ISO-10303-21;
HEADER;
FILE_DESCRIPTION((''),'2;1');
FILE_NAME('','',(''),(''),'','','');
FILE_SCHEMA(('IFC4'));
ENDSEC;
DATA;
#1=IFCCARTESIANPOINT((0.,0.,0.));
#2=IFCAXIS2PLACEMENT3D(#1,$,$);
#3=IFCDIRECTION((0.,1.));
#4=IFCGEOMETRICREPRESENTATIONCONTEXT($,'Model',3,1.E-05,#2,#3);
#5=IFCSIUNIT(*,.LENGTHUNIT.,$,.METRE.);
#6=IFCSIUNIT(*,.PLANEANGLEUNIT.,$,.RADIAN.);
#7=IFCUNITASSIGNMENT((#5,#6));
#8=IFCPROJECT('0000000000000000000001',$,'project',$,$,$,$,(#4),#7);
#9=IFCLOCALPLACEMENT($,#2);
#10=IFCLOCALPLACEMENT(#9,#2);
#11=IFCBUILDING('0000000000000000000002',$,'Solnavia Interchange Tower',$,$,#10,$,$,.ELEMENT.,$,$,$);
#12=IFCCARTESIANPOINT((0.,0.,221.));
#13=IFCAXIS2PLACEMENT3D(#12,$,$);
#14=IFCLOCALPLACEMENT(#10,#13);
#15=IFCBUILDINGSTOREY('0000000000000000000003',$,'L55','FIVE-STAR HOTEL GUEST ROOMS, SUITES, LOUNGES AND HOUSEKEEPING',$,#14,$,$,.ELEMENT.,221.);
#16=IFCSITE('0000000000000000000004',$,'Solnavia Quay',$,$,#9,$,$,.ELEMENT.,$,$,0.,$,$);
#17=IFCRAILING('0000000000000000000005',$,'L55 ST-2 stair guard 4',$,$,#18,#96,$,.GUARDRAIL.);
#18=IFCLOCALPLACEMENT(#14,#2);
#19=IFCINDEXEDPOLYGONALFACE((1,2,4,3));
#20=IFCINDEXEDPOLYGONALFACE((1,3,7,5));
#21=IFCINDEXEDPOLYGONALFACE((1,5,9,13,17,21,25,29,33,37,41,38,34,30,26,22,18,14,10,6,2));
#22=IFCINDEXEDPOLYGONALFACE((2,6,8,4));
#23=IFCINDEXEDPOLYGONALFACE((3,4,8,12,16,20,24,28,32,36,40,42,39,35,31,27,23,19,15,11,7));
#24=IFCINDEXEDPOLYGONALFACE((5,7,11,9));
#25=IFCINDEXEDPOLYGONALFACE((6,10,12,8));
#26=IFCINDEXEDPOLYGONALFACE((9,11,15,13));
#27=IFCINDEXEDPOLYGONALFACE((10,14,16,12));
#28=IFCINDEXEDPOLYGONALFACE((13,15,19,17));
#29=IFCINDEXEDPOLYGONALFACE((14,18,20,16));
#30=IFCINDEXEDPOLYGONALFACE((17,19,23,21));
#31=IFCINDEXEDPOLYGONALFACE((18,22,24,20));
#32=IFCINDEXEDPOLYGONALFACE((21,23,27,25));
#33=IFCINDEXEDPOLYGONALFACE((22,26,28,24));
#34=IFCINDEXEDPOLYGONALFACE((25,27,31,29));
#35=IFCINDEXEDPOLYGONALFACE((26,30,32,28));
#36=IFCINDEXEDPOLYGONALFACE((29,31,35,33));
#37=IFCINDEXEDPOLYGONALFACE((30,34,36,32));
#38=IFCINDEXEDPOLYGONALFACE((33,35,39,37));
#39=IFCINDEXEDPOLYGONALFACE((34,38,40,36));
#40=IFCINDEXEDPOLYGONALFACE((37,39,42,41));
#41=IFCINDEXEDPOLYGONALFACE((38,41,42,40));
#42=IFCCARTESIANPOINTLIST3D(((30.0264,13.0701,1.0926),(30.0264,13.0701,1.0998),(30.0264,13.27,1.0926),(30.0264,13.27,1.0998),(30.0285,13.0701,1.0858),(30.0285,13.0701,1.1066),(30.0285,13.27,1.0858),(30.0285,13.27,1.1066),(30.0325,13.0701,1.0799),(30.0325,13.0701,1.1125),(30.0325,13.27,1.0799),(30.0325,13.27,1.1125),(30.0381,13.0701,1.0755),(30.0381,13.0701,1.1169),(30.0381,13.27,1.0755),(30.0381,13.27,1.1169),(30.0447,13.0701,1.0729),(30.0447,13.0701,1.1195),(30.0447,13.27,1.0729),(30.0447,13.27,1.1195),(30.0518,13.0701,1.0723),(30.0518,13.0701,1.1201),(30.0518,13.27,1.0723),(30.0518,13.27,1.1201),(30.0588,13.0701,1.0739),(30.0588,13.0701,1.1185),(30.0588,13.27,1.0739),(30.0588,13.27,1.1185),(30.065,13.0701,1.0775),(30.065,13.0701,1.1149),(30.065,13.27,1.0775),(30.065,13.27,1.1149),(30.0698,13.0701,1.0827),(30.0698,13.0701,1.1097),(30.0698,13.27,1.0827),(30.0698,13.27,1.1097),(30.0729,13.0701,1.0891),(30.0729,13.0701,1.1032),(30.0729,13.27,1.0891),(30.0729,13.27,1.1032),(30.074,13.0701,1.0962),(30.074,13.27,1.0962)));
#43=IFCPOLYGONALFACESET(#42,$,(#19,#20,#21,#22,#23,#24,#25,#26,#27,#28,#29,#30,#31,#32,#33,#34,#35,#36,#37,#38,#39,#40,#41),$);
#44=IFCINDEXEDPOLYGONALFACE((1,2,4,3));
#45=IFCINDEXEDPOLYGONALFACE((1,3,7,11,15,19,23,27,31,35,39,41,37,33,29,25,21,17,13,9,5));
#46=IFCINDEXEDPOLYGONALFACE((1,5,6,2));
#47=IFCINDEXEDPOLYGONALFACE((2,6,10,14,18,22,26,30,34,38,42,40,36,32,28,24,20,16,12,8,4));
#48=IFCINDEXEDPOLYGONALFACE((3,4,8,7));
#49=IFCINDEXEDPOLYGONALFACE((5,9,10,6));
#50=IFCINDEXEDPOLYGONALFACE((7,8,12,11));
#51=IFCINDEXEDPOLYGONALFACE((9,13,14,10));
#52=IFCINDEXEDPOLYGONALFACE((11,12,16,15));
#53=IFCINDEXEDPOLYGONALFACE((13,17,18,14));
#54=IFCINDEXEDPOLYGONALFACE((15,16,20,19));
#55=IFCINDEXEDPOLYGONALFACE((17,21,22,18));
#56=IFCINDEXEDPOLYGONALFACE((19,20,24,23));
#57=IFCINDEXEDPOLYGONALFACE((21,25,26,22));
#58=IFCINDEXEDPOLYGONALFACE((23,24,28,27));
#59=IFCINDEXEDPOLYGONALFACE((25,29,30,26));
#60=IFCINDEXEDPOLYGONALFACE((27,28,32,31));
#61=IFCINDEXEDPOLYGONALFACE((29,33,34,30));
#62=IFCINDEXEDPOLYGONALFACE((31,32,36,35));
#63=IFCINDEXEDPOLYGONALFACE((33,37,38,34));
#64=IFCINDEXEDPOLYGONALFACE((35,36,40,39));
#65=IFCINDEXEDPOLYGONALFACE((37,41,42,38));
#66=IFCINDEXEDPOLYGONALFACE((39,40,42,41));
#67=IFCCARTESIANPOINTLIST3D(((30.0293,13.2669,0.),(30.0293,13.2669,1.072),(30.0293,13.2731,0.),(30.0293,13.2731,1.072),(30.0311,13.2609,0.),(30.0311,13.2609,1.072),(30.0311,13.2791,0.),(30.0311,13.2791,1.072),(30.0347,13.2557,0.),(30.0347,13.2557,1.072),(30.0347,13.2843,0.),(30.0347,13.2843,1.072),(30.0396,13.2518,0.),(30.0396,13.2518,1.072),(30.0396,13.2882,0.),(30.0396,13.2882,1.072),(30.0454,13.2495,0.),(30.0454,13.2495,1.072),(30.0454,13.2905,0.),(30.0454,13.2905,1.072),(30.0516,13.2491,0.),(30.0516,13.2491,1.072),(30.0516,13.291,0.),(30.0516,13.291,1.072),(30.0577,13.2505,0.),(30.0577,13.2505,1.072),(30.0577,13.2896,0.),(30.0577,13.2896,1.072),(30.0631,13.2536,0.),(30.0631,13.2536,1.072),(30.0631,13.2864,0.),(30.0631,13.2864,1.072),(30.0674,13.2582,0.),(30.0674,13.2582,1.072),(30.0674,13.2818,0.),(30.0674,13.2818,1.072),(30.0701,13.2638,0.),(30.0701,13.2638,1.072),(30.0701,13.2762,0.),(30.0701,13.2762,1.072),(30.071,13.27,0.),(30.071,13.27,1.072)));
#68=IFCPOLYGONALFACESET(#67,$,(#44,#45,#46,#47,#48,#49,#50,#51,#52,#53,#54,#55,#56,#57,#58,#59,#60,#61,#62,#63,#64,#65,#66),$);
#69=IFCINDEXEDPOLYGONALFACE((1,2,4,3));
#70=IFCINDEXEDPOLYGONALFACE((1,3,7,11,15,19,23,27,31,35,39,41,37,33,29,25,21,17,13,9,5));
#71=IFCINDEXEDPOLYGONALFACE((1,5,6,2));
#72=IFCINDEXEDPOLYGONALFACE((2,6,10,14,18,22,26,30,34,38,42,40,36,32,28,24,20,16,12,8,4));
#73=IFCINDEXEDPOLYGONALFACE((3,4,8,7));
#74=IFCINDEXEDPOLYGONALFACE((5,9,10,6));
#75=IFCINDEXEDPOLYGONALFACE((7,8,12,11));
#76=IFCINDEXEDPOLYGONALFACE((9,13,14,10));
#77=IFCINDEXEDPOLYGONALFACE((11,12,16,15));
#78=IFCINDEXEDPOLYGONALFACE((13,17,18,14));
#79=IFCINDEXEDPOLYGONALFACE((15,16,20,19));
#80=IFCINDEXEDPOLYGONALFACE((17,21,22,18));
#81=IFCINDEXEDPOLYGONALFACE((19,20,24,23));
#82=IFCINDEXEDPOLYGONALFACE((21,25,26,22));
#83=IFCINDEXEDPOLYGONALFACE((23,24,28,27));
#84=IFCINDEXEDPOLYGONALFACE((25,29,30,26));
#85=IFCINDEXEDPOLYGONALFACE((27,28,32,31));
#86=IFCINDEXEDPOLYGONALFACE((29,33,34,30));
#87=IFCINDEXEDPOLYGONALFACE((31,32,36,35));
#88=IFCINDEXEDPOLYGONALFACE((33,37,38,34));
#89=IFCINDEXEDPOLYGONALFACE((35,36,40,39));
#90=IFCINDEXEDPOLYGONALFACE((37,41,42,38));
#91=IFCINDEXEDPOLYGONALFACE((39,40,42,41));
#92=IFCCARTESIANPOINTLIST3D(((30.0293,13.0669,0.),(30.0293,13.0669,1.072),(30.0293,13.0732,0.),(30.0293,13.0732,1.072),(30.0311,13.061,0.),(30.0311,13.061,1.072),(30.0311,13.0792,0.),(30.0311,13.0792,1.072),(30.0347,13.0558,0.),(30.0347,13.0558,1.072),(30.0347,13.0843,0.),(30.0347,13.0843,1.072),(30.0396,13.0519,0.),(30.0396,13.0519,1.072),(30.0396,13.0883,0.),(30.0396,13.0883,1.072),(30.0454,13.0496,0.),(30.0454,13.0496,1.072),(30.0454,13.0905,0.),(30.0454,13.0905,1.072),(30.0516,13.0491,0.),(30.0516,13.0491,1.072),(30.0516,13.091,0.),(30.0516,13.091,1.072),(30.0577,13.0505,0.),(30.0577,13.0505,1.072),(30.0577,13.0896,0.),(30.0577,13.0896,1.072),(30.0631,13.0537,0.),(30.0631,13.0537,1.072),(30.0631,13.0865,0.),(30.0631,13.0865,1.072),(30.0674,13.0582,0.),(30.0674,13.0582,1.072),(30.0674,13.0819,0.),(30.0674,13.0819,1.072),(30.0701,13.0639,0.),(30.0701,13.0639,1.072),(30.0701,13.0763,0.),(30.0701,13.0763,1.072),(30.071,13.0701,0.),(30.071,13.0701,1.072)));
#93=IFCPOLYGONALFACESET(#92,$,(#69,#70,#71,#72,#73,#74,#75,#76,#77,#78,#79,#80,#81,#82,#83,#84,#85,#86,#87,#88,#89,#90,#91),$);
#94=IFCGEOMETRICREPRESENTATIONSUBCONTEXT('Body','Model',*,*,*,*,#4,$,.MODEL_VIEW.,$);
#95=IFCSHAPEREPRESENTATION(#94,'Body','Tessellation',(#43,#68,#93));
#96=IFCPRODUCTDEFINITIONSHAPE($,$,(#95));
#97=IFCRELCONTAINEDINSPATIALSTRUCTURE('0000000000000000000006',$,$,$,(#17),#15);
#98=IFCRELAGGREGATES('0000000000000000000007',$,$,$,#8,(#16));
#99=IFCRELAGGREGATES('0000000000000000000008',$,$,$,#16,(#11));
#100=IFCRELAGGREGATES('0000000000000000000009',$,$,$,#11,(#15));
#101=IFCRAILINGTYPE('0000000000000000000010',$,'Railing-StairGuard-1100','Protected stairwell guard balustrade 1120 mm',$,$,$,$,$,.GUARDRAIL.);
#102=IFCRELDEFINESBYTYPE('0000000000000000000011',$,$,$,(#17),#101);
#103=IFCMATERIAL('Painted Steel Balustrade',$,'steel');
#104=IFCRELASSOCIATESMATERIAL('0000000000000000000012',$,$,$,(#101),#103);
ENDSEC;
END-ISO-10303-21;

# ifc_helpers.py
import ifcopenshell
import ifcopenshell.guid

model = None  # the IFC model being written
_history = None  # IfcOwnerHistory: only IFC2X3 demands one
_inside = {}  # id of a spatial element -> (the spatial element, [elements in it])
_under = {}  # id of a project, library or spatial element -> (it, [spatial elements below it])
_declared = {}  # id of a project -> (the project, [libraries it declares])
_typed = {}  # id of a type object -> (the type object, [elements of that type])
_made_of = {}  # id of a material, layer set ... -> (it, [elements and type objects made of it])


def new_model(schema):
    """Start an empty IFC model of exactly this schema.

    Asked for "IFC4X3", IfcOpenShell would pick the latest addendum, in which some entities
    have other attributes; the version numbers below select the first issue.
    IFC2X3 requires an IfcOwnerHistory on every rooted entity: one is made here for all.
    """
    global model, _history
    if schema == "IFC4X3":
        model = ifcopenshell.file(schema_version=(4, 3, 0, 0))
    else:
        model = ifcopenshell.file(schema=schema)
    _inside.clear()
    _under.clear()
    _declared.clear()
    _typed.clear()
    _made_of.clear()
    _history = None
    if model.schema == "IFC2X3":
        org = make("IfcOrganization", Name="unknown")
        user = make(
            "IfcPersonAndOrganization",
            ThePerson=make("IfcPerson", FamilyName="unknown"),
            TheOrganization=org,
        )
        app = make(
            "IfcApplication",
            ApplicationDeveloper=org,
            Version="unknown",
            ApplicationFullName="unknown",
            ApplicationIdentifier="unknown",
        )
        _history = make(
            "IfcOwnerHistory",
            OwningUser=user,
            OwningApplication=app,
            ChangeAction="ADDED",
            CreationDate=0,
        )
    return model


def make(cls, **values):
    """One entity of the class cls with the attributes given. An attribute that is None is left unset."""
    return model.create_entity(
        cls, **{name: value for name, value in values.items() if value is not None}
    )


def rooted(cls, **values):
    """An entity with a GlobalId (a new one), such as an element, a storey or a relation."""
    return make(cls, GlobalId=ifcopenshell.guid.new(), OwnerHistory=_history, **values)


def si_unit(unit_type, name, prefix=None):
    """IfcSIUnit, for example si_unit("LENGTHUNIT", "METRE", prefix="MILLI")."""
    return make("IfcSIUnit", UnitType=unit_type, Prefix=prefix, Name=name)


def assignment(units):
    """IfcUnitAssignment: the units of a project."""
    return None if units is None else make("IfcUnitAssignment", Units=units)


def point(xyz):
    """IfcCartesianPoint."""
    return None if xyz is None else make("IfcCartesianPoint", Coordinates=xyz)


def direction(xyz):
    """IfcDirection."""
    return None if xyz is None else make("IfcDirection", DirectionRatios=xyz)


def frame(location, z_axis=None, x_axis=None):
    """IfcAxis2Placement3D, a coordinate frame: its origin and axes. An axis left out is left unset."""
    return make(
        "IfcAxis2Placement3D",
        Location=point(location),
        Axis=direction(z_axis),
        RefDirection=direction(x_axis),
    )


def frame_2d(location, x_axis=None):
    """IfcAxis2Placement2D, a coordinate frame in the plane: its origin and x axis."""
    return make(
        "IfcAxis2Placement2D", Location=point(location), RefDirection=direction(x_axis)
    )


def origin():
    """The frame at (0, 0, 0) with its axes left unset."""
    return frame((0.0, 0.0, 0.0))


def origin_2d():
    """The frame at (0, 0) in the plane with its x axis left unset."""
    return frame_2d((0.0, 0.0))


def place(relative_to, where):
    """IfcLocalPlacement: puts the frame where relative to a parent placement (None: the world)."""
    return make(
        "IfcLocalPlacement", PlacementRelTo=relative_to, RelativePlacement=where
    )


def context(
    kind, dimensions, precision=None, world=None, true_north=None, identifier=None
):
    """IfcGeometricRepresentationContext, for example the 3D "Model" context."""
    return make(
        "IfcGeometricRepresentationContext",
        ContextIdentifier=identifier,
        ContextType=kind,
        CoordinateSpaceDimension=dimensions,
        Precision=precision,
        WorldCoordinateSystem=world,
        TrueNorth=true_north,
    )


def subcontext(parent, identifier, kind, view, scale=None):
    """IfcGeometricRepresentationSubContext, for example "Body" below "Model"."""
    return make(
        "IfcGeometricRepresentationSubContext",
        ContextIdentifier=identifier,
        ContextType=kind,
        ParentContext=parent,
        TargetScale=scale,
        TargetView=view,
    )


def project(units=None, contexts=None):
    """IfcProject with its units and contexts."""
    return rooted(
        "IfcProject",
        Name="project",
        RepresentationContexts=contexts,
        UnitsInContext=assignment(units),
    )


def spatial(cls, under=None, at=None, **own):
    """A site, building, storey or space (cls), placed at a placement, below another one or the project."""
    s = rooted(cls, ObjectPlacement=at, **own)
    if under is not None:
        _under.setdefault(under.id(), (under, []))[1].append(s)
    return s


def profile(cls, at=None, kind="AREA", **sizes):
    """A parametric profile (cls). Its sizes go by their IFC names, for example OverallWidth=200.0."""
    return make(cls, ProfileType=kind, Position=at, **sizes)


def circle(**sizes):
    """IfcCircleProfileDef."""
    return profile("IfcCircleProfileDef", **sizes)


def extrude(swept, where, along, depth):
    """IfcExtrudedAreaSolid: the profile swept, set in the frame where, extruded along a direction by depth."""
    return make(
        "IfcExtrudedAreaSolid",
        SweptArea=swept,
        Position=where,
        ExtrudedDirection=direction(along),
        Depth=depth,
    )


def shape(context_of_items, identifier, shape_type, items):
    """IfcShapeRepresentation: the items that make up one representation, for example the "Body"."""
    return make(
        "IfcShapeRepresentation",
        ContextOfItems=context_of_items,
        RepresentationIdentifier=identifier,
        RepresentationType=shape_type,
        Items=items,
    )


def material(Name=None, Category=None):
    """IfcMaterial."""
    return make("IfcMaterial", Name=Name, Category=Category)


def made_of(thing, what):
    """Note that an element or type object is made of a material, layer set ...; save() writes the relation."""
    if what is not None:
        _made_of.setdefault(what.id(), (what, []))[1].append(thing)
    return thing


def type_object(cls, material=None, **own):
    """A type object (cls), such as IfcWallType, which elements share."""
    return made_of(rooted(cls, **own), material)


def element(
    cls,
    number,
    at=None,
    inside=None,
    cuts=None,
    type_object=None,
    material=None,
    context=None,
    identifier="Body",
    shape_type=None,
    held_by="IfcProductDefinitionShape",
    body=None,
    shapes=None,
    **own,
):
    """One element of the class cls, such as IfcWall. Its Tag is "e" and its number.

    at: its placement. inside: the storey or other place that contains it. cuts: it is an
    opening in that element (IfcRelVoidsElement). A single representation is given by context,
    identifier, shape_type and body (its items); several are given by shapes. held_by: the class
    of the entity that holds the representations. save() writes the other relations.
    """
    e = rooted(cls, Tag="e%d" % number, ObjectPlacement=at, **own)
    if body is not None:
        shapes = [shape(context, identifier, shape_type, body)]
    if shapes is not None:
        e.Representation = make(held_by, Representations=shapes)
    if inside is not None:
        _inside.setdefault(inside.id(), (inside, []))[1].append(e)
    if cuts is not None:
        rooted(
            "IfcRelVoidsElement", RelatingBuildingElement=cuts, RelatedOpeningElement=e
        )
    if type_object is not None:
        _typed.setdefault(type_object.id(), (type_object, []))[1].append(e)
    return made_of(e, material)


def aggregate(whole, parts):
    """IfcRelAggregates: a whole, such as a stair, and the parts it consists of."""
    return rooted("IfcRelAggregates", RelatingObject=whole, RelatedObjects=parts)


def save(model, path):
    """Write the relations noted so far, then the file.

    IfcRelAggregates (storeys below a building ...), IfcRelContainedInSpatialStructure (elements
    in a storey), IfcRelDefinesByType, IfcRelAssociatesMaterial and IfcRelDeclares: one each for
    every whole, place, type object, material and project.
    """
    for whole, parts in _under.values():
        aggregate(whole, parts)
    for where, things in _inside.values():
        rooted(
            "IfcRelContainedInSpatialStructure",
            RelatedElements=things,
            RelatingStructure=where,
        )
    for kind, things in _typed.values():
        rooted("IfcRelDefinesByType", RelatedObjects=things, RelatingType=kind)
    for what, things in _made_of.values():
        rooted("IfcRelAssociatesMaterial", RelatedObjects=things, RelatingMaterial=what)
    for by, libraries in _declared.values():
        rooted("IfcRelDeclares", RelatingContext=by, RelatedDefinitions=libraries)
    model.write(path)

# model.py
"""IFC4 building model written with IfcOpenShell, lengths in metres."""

from ifc_helpers import new_model, si_unit, direction, frame, origin, origin_2d, place, context, subcontext, project, spatial, circle, extrude, material, type_object, element, save


model = new_model("IFC4")

# Units and contexts
model_context = context("Model", 3, precision=1e-05, world=origin(), true_north=direction((0.0, 1.0)))
body_context = subcontext(model_context, "Body", "Model", "MODEL_VIEW")
ifc_project = project(units=[si_unit("LENGTHUNIT", "METRE"), si_unit("PLANEANGLEUNIT", "RADIAN")], contexts=[model_context])

# Site, building, storey
site_placement = place(None, origin())
site = spatial("IfcSite", under=ifc_project, at=site_placement, Name="Solnavia Quay", CompositionType="ELEMENT", RefElevation=0.0)
building_placement = place(site_placement, origin())
building = spatial("IfcBuilding", under=site, at=building_placement, Name="Solnavia Interchange Tower", CompositionType="ELEMENT")
storey_placement = place(building_placement, frame((0.0, 0.0, 221.0)))
storey = spatial("IfcBuildingStorey", under=building, at=storey_placement, Name="L55", Description="FIVE-STAR HOTEL GUEST ROOMS, SUITES, LOUNGES AND HOUSEKEEPING", CompositionType="ELEMENT", Elevation=221.0)

# Railing
ifc_material_1 = material(Name="Painted Steel Balustrade", Category="steel")
railing_type_1 = type_object("IfcRailingType", Name="Railing-StairGuard-1100", Description="Protected stairwell guard balustrade 1120 mm", PredefinedType="GUARDRAIL", material=ifc_material_1)
railing_1_placement = place(storey_placement, frame((30.05, 13.27, 0.0)))
element("IfcRailing", 1, at=railing_1_placement, inside=storey, type_object=railing_type_1, Name="L55 ST-2 stair guard 4", PredefinedType="GUARDRAIL", context=body_context, shape_type="SweptSolid", body=[
    extrude(circle(Radius=0.0239, at=origin_2d()), frame((0.0, 0.0, 1.0962), z_axis=(0.0, -1.0, 0.0), x_axis=(1.0, 0.0, 0.0)), (0.0, 0.0, 1.0), 0.2),
    extrude(circle(Radius=0.021, at=origin_2d()), origin(), (0.0, 0.0, 1.0), 1.072),
    extrude(circle(Radius=0.021, at=origin_2d()), frame((0.0, -0.2, 0.0)), (0.0, 0.0, 1.0), 1.072),
])

save(model, "model.ifc")
